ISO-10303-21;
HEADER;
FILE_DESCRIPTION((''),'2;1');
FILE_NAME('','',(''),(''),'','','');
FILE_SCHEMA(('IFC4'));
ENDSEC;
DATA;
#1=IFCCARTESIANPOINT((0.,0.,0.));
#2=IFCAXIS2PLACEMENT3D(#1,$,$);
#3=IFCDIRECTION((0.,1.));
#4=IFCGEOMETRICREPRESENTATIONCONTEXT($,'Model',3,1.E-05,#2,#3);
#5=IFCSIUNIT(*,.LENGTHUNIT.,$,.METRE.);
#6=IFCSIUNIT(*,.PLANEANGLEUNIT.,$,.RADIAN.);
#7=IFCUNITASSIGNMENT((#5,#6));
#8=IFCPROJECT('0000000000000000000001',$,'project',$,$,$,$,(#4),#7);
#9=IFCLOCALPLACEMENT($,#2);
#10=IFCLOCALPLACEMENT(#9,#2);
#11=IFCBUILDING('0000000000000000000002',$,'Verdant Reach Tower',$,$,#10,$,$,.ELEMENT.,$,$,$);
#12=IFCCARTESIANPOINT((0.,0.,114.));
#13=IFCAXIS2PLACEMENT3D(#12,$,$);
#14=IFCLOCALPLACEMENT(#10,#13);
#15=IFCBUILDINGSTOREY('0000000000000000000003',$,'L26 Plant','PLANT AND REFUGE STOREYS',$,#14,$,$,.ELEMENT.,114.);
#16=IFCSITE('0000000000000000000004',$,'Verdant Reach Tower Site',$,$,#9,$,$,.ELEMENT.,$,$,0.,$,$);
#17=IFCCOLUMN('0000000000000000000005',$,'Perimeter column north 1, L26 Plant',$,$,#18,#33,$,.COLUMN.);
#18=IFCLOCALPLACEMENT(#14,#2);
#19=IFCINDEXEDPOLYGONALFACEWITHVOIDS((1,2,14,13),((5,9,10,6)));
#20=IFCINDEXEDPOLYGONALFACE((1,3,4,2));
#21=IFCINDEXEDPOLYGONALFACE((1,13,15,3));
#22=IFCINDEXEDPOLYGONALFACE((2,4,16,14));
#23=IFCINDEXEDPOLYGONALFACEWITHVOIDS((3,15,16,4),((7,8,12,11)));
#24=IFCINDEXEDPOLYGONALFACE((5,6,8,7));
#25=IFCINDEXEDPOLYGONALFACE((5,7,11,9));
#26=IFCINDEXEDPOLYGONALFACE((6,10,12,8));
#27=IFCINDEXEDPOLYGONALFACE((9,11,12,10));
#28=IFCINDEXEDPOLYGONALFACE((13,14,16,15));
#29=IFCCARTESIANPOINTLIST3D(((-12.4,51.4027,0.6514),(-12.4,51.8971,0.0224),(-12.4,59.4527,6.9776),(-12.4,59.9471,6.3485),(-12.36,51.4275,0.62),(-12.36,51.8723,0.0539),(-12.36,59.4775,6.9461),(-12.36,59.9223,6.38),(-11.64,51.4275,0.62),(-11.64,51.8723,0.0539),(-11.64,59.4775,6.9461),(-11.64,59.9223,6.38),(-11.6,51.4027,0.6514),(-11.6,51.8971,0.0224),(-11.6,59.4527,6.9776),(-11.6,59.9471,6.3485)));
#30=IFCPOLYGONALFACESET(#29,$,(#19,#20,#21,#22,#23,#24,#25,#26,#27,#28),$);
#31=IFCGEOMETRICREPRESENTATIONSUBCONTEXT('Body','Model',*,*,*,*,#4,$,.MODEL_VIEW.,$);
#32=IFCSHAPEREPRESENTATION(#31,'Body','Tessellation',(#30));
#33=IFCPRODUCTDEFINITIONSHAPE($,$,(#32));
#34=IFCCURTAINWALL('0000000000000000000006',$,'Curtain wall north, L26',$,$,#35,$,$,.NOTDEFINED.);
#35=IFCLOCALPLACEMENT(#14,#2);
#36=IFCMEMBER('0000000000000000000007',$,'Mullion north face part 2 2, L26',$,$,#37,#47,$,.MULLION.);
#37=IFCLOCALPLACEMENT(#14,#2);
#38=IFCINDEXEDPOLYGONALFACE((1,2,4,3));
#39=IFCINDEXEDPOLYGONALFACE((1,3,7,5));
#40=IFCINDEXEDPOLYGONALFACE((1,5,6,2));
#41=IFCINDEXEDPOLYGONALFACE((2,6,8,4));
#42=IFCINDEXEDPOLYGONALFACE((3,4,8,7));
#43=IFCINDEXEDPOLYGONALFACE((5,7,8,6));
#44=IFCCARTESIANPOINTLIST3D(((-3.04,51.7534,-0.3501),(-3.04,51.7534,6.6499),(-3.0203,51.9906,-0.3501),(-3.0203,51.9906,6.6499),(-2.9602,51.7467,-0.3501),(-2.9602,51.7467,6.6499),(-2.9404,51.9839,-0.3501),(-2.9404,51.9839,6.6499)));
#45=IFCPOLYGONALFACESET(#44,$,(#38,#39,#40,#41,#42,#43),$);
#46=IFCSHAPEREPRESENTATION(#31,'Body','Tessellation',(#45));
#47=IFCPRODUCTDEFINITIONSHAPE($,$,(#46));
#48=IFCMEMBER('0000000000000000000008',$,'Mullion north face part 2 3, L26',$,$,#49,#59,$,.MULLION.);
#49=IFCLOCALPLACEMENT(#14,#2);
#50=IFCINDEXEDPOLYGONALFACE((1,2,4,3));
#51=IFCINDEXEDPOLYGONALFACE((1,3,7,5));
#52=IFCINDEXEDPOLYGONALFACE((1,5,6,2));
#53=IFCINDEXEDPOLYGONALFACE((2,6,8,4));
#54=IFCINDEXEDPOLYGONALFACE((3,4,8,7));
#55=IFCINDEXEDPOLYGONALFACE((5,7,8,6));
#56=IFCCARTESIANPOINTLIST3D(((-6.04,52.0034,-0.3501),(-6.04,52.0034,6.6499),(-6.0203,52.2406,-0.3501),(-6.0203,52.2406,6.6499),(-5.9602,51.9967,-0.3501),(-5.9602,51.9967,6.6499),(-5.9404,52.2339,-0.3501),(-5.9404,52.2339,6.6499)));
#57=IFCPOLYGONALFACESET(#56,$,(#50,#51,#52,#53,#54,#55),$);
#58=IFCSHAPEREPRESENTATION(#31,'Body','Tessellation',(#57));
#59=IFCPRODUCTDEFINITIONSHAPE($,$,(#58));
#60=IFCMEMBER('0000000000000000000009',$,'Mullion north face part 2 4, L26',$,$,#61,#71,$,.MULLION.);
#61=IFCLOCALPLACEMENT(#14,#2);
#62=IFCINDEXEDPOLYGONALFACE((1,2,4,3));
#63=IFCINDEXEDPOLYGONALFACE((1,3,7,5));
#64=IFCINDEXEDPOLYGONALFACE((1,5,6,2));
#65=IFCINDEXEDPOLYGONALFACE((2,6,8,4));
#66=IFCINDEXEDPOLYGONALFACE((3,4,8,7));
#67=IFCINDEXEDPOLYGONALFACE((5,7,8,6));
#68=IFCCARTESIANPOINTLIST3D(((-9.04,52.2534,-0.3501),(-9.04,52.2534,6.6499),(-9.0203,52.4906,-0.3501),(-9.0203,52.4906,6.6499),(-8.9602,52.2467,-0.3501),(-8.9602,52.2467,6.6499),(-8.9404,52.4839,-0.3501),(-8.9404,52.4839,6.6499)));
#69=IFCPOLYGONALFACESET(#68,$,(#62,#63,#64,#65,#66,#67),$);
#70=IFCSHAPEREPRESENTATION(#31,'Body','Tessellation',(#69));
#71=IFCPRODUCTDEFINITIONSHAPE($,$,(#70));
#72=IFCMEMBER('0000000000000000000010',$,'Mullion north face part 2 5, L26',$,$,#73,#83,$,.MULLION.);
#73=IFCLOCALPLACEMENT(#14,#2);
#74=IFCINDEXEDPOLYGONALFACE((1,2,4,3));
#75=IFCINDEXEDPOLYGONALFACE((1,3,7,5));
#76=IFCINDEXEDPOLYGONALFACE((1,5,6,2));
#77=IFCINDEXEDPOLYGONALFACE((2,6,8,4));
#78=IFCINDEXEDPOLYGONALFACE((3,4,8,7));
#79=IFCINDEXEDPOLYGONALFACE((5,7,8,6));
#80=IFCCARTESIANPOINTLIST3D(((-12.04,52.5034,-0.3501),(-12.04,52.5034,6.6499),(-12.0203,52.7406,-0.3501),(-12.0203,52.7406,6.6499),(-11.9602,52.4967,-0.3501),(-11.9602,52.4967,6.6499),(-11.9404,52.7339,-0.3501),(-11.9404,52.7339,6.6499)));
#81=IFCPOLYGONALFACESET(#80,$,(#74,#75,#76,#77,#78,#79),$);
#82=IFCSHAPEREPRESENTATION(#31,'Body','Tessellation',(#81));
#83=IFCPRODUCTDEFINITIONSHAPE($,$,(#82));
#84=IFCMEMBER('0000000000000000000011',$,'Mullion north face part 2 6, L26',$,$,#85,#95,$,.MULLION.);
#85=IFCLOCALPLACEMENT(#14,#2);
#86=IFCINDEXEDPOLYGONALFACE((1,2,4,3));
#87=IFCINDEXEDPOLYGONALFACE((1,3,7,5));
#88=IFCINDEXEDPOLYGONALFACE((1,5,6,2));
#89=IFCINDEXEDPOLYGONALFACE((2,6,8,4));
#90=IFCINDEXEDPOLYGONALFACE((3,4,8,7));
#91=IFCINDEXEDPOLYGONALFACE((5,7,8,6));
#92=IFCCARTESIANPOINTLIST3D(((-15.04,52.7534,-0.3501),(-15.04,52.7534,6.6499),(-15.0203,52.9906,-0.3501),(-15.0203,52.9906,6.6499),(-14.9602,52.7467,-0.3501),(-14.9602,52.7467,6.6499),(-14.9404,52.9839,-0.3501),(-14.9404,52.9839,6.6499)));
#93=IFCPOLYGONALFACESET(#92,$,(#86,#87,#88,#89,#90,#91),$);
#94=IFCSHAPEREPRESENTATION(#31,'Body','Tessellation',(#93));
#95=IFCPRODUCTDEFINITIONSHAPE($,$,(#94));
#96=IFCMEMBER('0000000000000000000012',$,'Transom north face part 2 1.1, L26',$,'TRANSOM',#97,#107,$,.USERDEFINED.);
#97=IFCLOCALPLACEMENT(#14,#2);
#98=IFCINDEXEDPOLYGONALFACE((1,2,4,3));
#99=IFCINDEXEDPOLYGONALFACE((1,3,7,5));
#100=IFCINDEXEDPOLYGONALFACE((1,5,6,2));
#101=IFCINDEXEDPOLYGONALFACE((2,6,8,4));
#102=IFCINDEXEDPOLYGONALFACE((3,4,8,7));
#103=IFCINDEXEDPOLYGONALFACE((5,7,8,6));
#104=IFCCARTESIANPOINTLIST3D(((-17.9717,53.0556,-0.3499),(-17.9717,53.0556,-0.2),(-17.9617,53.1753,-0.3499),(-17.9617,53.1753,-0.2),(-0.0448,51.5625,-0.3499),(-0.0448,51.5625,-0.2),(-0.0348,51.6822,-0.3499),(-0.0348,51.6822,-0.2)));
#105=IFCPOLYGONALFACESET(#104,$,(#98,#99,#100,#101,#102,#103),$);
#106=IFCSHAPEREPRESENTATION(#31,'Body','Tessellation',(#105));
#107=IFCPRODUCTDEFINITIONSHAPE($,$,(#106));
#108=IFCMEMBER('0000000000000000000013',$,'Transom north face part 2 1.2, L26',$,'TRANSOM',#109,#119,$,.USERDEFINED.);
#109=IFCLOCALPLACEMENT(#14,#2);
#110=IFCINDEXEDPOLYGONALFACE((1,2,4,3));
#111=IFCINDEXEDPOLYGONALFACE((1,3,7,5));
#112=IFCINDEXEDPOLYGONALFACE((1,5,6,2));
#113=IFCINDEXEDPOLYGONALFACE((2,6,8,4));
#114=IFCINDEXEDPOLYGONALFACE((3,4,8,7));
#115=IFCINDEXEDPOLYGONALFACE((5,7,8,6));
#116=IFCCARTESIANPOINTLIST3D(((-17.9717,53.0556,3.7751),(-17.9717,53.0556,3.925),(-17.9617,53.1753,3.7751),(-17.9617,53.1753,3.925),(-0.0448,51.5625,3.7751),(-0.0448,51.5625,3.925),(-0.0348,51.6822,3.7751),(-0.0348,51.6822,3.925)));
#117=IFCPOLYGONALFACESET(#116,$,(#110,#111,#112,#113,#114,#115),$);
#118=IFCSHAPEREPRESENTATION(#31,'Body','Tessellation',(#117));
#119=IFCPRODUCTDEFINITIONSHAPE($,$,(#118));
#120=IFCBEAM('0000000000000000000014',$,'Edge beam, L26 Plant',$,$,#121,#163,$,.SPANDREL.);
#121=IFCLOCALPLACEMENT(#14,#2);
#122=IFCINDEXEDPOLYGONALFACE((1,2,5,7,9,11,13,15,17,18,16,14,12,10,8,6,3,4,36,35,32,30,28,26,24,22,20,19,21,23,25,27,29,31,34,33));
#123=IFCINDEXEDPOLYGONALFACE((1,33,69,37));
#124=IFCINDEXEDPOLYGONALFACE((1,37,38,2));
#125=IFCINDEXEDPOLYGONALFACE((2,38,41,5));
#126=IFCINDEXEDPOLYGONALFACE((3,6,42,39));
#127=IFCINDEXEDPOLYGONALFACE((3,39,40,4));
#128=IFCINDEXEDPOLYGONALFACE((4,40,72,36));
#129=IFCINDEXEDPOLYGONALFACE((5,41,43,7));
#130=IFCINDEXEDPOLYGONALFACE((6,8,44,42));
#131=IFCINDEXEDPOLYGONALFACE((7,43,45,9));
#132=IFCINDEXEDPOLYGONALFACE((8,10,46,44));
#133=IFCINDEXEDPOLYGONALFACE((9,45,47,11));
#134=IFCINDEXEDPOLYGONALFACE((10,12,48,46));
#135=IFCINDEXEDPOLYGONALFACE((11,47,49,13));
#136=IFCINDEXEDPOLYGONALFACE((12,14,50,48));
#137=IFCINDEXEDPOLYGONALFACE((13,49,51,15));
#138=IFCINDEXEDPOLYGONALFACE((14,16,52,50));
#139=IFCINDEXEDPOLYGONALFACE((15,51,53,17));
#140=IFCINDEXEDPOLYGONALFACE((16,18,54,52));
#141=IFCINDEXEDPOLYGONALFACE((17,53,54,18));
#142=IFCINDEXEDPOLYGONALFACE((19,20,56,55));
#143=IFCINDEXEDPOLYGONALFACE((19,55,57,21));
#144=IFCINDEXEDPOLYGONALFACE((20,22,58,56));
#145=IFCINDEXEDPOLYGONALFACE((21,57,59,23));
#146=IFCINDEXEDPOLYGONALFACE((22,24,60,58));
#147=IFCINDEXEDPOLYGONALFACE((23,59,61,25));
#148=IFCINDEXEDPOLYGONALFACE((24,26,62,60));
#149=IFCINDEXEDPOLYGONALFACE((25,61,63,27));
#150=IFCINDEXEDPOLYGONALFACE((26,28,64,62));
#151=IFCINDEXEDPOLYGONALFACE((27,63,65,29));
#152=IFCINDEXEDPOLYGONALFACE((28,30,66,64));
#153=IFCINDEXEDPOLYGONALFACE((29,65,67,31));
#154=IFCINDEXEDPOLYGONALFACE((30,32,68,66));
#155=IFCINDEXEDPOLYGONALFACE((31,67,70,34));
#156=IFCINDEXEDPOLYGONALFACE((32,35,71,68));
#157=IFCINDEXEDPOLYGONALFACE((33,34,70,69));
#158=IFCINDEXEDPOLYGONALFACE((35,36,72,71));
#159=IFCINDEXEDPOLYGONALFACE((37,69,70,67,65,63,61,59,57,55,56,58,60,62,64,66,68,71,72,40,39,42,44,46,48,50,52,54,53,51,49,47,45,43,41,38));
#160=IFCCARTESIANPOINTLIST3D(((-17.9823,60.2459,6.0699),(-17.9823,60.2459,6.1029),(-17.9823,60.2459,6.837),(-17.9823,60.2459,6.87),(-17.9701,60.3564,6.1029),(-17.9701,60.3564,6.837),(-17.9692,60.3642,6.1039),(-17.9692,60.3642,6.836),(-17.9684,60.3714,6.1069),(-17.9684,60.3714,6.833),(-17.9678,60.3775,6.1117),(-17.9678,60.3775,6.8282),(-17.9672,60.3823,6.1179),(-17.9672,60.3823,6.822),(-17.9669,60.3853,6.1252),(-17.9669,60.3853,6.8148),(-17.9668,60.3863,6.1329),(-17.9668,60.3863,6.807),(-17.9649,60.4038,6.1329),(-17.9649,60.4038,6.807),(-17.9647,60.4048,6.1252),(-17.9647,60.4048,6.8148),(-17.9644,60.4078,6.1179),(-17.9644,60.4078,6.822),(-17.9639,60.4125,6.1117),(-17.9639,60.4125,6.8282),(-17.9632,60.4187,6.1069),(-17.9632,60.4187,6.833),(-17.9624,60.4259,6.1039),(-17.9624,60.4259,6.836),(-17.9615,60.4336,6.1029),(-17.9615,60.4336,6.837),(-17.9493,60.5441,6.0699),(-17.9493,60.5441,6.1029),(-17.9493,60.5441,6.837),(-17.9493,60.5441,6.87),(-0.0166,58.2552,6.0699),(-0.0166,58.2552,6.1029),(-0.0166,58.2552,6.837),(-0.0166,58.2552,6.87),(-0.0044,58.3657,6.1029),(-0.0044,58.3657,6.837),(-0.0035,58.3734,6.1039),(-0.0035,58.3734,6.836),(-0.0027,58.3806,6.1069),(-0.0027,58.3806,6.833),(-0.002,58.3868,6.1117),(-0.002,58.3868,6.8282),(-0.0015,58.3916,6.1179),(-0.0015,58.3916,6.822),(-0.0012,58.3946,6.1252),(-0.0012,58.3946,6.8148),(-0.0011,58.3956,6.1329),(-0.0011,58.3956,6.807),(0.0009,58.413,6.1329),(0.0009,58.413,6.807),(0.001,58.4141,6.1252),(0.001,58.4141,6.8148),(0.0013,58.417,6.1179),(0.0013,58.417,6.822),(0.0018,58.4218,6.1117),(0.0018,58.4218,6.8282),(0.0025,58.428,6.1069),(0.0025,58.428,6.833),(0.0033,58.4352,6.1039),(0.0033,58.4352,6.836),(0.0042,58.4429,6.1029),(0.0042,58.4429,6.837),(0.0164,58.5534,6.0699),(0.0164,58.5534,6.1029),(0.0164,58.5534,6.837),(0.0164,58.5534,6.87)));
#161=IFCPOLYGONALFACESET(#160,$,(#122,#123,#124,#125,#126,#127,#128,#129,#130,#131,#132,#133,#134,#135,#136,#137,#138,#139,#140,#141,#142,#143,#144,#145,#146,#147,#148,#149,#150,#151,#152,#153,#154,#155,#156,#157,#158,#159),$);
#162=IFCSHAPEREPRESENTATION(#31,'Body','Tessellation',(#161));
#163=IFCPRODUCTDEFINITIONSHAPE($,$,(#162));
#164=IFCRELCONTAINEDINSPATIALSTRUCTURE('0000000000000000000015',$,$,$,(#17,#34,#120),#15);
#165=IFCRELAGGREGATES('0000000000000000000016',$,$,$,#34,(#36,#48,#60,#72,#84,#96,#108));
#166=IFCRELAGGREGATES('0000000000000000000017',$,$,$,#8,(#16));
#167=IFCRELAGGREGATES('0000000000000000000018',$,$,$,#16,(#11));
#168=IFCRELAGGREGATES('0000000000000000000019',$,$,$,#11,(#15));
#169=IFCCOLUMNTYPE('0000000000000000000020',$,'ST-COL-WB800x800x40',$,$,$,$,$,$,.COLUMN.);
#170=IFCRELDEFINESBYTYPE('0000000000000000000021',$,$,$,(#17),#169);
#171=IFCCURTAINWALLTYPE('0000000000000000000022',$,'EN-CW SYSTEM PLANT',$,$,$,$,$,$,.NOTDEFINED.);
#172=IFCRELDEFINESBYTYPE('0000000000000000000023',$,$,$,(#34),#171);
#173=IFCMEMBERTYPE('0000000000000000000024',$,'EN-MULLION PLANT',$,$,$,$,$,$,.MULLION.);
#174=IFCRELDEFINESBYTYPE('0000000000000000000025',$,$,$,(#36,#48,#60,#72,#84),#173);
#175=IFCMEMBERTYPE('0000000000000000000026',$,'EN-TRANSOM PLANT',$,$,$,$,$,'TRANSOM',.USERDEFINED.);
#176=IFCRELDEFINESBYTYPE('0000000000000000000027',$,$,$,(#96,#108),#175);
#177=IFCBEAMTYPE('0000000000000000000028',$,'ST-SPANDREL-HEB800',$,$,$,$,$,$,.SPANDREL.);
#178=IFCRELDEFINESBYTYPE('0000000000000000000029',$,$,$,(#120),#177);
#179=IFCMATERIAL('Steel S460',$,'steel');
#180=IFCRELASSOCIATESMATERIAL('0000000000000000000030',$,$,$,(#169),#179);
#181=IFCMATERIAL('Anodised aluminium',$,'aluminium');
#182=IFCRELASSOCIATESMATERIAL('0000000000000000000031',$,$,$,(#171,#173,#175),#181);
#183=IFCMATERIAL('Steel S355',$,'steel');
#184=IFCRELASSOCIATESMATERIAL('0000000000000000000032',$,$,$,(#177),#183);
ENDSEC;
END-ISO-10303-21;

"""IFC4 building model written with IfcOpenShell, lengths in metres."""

from ifc_helpers import new_model, si_unit, direction, frame, origin, origin_2d, place, context, subcontext, project, spatial, rectangle, hollow_rectangle, i_section, extrude, material, material_profile, profile_set, type_object, element, aggregate, save


model = new_model("IFC4")

# Units and contexts
model_context = context("Model", 3, precision=1e-05, world=origin(), true_north=direction((0.0, 1.0)))
body_context = subcontext(model_context, "Body", "Model", "MODEL_VIEW")
ifc_project = project(units=[si_unit("LENGTHUNIT", "METRE"), si_unit("PLANEANGLEUNIT", "RADIAN")], contexts=[model_context])

# Site, building, storey
site_placement = place(None, origin())
site = spatial("IfcSite", under=ifc_project, at=site_placement, Name="Verdant Reach Tower Site", CompositionType="ELEMENT", RefElevation=0.0)
building_placement = place(site_placement, origin())
building = spatial("IfcBuilding", under=site, at=building_placement, Name="Verdant Reach Tower", CompositionType="ELEMENT")
storey_placement = place(building_placement, frame((0.0, 0.0, 114.0)))
storey = spatial("IfcBuildingStorey", under=building, at=storey_placement, Name="L26 Plant", Description="PLANT AND REFUGE STOREYS", CompositionType="ELEMENT", Elevation=114.0)

# Column
ifc_material_1 = material(Name="Steel S460", Category="steel")
ifc_material_profile_1 = material_profile(ifc_material_1, hollow_rectangle(XDim=0.8, YDim=0.8, WallThickness=0.04, at=origin_2d()), Name="WB 800x800x40")
ifc_profile_set_1 = profile_set([ifc_material_profile_1], Name="Steel S460")
column_type = type_object("IfcColumnType", Name="ST-COL-WB800x800x40", PredefinedType="COLUMN", material=ifc_profile_set_1)
column_placement = place(storey_placement, frame((-12.0, 51.6499, 0.3369), z_axis=(0.0, 0.786265, 0.61789), x_axis=(-1.0, 0.0, 0.0)))
element("IfcColumn", 1, at=column_placement, inside=storey, type_object=column_type, Name="Perimeter column north 1, L26 Plant", PredefinedType="COLUMN", context=body_context, shape_type="SweptSolid", body=[
    extrude(hollow_rectangle(XDim=0.8, YDim=0.8, WallThickness=0.04, at=origin_2d()), origin(), (0.0, 0.0, 1.0), 10.2383),
])

# Curtain wall, members
ifc_material_2 = material(Name="Anodised aluminium", Category="aluminium")
curtain_wall_type = type_object("IfcCurtainWallType", Name="EN-CW SYSTEM PLANT", PredefinedType="NOTDEFINED", material=ifc_material_2)
curtain_wall_placement = place(storey_placement, origin())
curtain_wall = element("IfcCurtainWall", 2, at=curtain_wall_placement, inside=storey, type_object=curtain_wall_type, Name="Curtain wall north, L26", PredefinedType="NOTDEFINED")
ifc_material_profile_2 = material_profile(ifc_material_2, rectangle(XDim=0.238, YDim=0.0801, at=origin_2d()), Name="Mullion 80x240")
ifc_profile_set_2 = profile_set([ifc_material_profile_2], Name="Anodised aluminium")
member_type_1 = type_object("IfcMemberType", Name="EN-MULLION PLANT", PredefinedType="MULLION", material=ifc_profile_set_2)
member_1_placement = place(storey_placement, frame((-2.9902, 51.8687, -0.3501), z_axis=(0.0, 0.0, 1.0), x_axis=(0.083045, 0.996546, 0.0)))
member_1 = element("IfcMember", 3, at=member_1_placement, type_object=member_type_1, Name="Mullion north face part 2 2, L26", PredefinedType="MULLION", context=body_context, shape_type="SweptSolid", body=[
    extrude(rectangle(XDim=0.238, YDim=0.0801, at=origin_2d()), origin(), (0.0, 0.0, 1.0), 7.0),
])
member_2_placement = place(storey_placement, frame((-5.9902, 52.1187, -0.3501), z_axis=(0.0, 0.0, 1.0), x_axis=(0.083045, 0.996546, 0.0)))
member_2 = element("IfcMember", 4, at=member_2_placement, type_object=member_type_1, Name="Mullion north face part 2 3, L26", PredefinedType="MULLION", context=body_context, shape_type="SweptSolid", body=[
    extrude(rectangle(XDim=0.238, YDim=0.0801, at=origin_2d()), origin(), (0.0, 0.0, 1.0), 7.0),
])
member_3_placement = place(storey_placement, frame((-8.9902, 52.3687, -0.3501), z_axis=(0.0, 0.0, 1.0), x_axis=(0.083045, 0.996546, 0.0)))
member_3 = element("IfcMember", 5, at=member_3_placement, type_object=member_type_1, Name="Mullion north face part 2 4, L26", PredefinedType="MULLION", context=body_context, shape_type="SweptSolid", body=[
    extrude(rectangle(XDim=0.238, YDim=0.0801, at=origin_2d()), origin(), (0.0, 0.0, 1.0), 7.0),
])
member_4_placement = place(storey_placement, frame((-11.9902, 52.6187, -0.3501), z_axis=(0.0, 0.0, 1.0), x_axis=(0.083045, 0.996546, 0.0)))
member_4 = element("IfcMember", 6, at=member_4_placement, type_object=member_type_1, Name="Mullion north face part 2 5, L26", PredefinedType="MULLION", context=body_context, shape_type="SweptSolid", body=[
    extrude(rectangle(XDim=0.238, YDim=0.0801, at=origin_2d()), origin(), (0.0, 0.0, 1.0), 7.0),
])
member_5_placement = place(storey_placement, frame((-14.9902, 52.8687, -0.3501), z_axis=(0.0, 0.0, 1.0), x_axis=(0.083045, 0.996546, 0.0)))
member_5 = element("IfcMember", 7, at=member_5_placement, type_object=member_type_1, Name="Mullion north face part 2 6, L26", PredefinedType="MULLION", context=body_context, shape_type="SweptSolid", body=[
    extrude(rectangle(XDim=0.238, YDim=0.0801, at=origin_2d()), origin(), (0.0, 0.0, 1.0), 7.0),
])
ifc_material_profile_3 = material_profile(ifc_material_2, rectangle(XDim=0.1201, YDim=0.1499, at=origin_2d()), Name="Transom 150x120")
ifc_profile_set_3 = profile_set([ifc_material_profile_3], Name="Anodised aluminium")
member_type_2 = type_object("IfcMemberType", Name="EN-TRANSOM PLANT", ElementType="TRANSOM", PredefinedType="USERDEFINED", material=ifc_profile_set_3)
member_6_placement = place(storey_placement, frame((-0.0398, 51.6223, -0.2749), z_axis=(-0.996549, 0.083004, 0.0), x_axis=(-0.083004, -0.996549, 0.0)))
member_6 = element("IfcMember", 8, at=member_6_placement, type_object=member_type_2, Name="Transom north face part 2 1.1, L26", ObjectType="TRANSOM", PredefinedType="USERDEFINED", context=body_context, shape_type="SweptSolid", body=[
    extrude(rectangle(XDim=0.1201, YDim=0.1499, at=origin_2d()), origin(), (0.0, 0.0, 1.0), 17.989),
])
member_7_placement = place(storey_placement, frame((-0.0398, 51.6223, 3.8501), z_axis=(-0.996549, 0.083004, 0.0), x_axis=(-0.083004, -0.996549, 0.0)))
member_7 = element("IfcMember", 9, at=member_7_placement, type_object=member_type_2, Name="Transom north face part 2 1.2, L26", ObjectType="TRANSOM", PredefinedType="USERDEFINED", context=body_context, shape_type="SweptSolid", body=[
    extrude(rectangle(XDim=0.1201, YDim=0.1499, at=origin_2d()), origin(), (0.0, 0.0, 1.0), 17.989),
])

# Beam
ifc_material_3 = material(Name="Steel S355", Category="steel")
ifc_material_profile_4 = material_profile(ifc_material_3, i_section(OverallWidth=0.3, OverallDepth=0.8, WebThickness=0.0176, FlangeThickness=0.033, FilletRadius=0.03, at=origin_2d()), Name="HEB 800")
ifc_profile_set_4 = profile_set([ifc_material_profile_4], Name="Steel S355")
beam_type = type_object("IfcBeamType", Name="ST-SPANDREL-HEB800", PredefinedType="SPANDREL", material=ifc_profile_set_4)
beam_placement = place(storey_placement, frame((-17.9658, 60.395, 6.47), z_axis=(0.993917, -0.110132, 0.0), x_axis=(0.110132, 0.993917, 0.0)))
element("IfcBeam", 10, at=beam_placement, inside=storey, type_object=beam_type, Name="Edge beam, L26 Plant", PredefinedType="SPANDREL", context=body_context, shape_type="SweptSolid", body=[
    extrude(i_section(OverallWidth=0.3, OverallDepth=0.8, WebThickness=0.0176, FlangeThickness=0.033, FilletRadius=0.03, at=origin_2d()), origin(), (0.0, 0.0, 1.0), 18.0757),
])

aggregate(curtain_wall, [member_1, member_2, member_3, member_4, member_5, member_6, member_7])

save(model, "model.ifc")
